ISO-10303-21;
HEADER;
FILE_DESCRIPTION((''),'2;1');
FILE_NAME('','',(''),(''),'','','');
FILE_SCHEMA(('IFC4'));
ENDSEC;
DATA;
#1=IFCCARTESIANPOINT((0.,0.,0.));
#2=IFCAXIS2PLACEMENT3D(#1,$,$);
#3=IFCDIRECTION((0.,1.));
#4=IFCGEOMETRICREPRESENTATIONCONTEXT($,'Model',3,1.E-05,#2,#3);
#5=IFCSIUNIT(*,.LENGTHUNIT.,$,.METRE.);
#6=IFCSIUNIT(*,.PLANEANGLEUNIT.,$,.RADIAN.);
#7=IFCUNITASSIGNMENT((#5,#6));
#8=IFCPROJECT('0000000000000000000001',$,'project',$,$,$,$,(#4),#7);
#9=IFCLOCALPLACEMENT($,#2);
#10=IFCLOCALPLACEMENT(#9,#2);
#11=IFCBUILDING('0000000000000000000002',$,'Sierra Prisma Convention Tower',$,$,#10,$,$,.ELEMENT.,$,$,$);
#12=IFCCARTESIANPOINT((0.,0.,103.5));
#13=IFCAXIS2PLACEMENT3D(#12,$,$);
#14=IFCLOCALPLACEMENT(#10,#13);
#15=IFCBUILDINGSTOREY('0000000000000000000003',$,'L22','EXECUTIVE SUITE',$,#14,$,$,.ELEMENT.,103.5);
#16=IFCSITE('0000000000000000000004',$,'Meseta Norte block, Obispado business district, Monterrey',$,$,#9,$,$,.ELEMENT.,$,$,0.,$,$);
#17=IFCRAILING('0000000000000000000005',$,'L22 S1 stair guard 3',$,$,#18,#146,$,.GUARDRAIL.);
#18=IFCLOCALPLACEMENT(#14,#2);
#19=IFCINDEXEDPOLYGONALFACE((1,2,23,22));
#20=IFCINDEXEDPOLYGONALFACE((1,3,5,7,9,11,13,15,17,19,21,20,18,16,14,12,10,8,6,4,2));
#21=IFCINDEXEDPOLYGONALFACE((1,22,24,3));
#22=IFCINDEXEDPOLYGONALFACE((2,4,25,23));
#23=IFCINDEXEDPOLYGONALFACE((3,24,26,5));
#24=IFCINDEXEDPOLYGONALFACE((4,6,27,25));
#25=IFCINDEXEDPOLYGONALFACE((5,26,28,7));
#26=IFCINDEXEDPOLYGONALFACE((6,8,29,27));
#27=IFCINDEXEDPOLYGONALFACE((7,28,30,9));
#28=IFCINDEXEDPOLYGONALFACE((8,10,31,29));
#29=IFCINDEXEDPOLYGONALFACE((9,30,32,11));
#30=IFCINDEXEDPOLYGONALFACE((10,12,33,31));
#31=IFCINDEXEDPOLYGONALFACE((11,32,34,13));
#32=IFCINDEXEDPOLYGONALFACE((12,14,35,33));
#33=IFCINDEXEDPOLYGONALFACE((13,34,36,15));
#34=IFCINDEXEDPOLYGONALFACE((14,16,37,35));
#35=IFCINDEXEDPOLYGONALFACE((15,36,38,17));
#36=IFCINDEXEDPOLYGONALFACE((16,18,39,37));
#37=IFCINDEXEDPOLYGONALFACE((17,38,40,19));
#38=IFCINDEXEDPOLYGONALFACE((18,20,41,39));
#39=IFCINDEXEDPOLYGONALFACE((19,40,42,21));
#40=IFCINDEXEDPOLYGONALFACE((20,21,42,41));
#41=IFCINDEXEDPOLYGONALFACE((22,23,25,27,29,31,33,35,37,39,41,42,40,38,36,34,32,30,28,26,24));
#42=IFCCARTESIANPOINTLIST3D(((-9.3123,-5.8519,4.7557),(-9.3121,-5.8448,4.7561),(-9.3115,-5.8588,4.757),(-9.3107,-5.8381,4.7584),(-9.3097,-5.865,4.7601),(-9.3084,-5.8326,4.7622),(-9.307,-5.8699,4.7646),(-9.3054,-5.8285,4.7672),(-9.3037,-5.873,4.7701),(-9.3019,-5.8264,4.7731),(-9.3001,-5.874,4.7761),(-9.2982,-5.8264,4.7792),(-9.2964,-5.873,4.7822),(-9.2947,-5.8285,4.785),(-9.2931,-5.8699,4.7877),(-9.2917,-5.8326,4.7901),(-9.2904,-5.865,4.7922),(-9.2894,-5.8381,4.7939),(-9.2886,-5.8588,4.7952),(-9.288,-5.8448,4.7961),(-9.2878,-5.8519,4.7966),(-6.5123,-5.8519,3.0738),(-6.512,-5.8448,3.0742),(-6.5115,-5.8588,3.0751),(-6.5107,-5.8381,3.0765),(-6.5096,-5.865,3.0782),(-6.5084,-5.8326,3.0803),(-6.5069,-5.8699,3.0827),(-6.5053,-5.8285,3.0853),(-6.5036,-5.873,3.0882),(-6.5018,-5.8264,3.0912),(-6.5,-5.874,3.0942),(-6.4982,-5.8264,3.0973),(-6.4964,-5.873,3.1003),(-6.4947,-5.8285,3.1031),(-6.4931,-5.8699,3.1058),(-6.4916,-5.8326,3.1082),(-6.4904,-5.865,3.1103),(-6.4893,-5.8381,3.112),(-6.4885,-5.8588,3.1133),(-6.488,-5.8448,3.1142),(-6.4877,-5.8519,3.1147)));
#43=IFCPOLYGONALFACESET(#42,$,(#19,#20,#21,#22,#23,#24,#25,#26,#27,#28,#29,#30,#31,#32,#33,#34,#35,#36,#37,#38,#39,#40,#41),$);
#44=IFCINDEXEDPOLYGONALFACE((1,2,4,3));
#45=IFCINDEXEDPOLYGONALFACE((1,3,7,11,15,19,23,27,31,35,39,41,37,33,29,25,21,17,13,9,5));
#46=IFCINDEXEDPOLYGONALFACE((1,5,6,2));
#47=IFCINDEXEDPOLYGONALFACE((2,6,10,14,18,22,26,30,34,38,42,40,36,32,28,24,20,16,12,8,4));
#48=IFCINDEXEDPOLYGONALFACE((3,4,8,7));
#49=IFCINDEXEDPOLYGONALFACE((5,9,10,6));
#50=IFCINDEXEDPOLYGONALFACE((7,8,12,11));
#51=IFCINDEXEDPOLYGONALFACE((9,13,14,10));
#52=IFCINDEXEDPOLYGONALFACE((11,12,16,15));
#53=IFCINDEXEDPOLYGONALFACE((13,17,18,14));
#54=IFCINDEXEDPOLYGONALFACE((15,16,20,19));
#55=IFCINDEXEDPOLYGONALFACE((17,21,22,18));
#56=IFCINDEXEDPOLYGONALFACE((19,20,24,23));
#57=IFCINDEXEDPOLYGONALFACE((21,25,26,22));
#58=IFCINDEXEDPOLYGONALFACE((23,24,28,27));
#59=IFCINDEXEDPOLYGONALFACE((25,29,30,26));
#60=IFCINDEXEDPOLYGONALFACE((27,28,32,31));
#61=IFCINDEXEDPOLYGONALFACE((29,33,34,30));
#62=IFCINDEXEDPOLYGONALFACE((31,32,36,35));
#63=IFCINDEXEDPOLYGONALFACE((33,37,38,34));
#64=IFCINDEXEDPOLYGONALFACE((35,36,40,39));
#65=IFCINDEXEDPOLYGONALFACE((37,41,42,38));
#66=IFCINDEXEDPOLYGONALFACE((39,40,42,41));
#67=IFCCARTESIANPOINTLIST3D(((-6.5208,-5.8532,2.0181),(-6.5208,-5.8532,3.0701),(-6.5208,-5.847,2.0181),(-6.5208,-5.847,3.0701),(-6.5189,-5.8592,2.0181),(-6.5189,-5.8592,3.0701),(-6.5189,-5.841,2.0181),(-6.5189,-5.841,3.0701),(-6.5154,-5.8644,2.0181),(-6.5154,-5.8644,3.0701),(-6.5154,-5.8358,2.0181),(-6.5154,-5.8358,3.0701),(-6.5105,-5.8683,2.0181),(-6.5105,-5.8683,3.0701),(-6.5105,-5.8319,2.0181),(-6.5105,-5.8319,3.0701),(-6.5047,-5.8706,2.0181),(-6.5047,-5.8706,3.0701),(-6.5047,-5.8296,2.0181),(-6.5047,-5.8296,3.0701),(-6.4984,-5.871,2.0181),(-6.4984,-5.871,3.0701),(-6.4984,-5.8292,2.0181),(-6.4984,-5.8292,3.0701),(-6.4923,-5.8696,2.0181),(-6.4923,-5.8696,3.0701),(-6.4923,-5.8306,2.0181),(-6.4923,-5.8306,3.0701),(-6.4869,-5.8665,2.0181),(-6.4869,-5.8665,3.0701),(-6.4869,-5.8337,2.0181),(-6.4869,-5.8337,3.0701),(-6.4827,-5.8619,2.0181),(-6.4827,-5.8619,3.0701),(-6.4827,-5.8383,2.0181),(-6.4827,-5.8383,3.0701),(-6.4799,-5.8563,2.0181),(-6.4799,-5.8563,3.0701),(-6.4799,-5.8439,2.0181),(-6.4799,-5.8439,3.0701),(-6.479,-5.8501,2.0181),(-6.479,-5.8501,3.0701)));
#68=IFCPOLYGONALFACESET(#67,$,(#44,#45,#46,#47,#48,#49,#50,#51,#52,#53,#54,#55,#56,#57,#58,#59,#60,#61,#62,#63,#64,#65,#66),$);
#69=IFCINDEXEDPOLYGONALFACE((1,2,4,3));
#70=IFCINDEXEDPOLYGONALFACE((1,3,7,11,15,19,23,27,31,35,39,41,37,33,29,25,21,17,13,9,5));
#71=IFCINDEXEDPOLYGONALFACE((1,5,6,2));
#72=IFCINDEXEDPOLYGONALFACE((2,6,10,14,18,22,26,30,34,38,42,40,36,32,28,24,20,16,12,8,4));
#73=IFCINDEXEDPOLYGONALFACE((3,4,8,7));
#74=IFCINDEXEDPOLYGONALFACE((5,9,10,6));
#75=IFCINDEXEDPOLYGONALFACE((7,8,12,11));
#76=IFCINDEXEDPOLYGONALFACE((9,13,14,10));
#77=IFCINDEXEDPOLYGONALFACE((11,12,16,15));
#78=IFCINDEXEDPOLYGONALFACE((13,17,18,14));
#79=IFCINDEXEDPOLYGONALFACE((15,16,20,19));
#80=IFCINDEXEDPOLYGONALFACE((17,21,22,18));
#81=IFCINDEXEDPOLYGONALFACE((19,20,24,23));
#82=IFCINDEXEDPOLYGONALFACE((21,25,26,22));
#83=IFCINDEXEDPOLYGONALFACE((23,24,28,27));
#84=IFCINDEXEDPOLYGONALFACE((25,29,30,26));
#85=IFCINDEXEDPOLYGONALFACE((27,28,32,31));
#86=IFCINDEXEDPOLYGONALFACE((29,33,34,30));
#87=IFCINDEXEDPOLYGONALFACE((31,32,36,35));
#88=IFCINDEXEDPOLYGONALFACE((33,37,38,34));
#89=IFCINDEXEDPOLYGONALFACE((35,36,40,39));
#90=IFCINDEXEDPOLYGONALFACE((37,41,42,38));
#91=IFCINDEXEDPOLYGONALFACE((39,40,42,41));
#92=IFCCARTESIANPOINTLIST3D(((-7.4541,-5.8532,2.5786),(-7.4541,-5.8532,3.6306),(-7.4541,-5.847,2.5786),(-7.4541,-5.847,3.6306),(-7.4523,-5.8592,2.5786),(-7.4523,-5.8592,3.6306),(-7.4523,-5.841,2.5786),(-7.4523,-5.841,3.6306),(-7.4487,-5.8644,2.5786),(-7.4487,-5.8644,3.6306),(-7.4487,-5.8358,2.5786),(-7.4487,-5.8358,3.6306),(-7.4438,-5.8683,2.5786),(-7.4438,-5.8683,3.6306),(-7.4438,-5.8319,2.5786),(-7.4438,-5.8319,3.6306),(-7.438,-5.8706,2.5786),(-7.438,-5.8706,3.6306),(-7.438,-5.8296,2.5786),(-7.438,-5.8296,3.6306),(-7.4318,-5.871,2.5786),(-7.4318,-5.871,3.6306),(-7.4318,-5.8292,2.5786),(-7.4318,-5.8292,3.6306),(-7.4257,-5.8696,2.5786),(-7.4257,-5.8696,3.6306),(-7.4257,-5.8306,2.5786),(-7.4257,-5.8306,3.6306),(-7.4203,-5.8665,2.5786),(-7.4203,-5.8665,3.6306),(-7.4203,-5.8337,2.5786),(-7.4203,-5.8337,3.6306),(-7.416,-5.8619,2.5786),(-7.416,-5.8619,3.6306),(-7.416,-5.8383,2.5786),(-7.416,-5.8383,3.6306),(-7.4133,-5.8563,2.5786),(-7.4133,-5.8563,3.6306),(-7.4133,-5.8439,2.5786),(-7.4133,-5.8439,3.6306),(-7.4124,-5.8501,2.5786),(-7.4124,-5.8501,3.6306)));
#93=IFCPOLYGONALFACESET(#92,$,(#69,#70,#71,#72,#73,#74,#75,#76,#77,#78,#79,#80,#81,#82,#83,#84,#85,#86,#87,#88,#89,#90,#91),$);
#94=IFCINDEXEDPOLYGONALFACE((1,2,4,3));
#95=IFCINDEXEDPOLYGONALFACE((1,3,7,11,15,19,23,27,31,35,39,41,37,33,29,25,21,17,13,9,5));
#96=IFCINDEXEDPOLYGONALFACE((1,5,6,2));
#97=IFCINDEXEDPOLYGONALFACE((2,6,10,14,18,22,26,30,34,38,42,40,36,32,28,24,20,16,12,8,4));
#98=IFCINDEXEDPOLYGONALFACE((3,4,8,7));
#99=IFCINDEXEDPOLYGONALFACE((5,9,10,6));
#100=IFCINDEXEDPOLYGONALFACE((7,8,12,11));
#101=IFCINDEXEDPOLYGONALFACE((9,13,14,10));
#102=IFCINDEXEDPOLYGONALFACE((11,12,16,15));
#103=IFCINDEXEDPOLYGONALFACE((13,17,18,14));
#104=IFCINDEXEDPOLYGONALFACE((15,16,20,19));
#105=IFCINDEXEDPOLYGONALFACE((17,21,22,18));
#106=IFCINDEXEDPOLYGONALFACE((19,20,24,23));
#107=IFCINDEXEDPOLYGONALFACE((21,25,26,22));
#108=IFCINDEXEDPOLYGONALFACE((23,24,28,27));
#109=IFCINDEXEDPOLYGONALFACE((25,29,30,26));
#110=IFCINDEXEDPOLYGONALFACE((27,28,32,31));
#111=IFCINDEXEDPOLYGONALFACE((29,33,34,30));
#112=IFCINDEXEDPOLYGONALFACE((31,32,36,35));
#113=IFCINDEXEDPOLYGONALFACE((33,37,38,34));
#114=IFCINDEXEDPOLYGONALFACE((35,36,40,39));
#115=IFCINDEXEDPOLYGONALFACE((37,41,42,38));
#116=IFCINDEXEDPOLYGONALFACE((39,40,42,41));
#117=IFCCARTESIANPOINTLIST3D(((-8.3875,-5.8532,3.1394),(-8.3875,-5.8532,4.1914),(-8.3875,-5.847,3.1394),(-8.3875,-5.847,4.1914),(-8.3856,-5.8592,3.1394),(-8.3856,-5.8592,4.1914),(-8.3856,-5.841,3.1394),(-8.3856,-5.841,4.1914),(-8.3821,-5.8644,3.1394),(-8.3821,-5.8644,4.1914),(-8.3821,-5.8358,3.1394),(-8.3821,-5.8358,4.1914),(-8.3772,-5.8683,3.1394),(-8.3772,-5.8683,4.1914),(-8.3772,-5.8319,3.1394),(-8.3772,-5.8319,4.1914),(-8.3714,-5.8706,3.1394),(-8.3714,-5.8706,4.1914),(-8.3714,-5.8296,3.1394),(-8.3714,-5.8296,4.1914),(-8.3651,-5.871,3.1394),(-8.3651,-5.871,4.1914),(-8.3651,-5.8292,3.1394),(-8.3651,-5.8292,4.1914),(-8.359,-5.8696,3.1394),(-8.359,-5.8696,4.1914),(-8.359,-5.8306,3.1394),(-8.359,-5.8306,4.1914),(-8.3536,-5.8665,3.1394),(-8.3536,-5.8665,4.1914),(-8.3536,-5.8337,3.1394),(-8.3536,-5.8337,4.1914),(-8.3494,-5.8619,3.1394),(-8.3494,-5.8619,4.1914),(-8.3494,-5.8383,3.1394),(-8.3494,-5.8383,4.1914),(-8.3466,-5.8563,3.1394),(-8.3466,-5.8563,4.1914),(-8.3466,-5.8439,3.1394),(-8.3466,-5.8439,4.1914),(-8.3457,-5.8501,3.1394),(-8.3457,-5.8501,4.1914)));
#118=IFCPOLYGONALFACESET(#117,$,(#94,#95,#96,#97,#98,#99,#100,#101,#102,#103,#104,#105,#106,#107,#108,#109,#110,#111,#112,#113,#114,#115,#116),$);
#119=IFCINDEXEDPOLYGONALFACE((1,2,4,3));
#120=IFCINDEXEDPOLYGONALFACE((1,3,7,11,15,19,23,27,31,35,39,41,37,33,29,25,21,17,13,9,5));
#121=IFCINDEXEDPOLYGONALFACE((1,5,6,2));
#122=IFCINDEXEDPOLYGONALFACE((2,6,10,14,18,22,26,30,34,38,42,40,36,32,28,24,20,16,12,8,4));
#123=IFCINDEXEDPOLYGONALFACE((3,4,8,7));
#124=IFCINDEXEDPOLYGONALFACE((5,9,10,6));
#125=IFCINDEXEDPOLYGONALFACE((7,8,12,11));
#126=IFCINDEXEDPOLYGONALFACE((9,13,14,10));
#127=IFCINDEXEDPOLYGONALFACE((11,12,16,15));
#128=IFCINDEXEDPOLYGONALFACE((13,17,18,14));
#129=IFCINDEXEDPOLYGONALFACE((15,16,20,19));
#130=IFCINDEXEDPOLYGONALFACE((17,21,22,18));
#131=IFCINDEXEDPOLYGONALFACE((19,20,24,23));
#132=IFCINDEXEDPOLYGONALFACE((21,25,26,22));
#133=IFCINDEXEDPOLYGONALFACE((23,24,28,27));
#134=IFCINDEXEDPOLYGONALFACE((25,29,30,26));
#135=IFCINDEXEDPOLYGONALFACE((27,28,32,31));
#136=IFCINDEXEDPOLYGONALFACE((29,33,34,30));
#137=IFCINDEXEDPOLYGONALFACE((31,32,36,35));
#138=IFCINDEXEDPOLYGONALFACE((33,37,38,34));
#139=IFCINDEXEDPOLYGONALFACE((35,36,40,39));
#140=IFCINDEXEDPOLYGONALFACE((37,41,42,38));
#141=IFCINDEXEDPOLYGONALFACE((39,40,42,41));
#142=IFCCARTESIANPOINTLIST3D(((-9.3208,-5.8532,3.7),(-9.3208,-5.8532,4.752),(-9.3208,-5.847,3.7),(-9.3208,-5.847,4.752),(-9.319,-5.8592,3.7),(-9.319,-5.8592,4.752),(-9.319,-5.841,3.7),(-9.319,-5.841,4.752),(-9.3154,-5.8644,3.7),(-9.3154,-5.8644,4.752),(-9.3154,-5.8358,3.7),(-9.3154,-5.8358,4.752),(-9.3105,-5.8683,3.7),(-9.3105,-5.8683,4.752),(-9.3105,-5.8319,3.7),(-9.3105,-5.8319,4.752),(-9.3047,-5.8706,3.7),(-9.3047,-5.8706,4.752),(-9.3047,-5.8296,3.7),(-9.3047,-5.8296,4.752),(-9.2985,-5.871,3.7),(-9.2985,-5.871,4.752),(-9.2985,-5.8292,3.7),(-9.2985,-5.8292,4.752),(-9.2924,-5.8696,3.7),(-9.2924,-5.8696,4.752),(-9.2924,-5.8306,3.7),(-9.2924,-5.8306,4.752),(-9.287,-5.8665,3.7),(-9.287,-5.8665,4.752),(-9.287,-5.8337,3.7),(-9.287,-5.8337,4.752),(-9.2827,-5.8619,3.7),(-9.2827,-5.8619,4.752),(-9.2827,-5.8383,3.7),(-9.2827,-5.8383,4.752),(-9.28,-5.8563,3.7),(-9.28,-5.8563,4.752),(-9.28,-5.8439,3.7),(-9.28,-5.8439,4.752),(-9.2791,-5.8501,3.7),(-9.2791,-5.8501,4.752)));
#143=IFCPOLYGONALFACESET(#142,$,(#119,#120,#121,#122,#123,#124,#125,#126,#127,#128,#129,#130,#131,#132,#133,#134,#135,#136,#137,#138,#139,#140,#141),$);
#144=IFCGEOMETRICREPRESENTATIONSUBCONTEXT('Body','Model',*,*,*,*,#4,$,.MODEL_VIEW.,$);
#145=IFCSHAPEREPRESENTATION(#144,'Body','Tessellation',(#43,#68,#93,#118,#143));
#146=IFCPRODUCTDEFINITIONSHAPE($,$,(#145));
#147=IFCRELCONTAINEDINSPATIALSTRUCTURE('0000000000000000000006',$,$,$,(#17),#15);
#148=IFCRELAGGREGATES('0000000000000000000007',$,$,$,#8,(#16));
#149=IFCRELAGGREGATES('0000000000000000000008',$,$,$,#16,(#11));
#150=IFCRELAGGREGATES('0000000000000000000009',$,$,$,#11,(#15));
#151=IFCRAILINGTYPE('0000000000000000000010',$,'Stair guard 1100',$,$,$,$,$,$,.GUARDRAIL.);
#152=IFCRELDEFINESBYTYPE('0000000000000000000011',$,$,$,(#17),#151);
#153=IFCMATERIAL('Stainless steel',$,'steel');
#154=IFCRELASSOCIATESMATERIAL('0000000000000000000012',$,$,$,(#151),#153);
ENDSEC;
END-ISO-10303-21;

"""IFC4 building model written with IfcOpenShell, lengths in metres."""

from ifc_helpers import new_model, si_unit, direction, frame, origin, origin_2d, place, context, subcontext, project, spatial, circle, extrude, material, type_object, element, save


model = new_model("IFC4")

# Units and contexts
model_context = context("Model", 3, precision=1e-05, world=origin(), true_north=direction((0.0, 1.0)))
body_context = subcontext(model_context, "Body", "Model", "MODEL_VIEW")
ifc_project = project(units=[si_unit("LENGTHUNIT", "METRE"), si_unit("PLANEANGLEUNIT", "RADIAN")], contexts=[model_context])

# Site, building, storey
site_placement = place(None, origin())
site = spatial("IfcSite", under=ifc_project, at=site_placement, Name="Meseta Norte block, Obispado business district, Monterrey", CompositionType="ELEMENT", RefElevation=0.0)
building_placement = place(site_placement, origin())
building = spatial("IfcBuilding", under=site, at=building_placement, Name="Sierra Prisma Convention Tower", CompositionType="ELEMENT")
storey_placement = place(building_placement, frame((0.0, 0.0, 103.5)))
storey = spatial("IfcBuildingStorey", under=building, at=storey_placement, Name="L22", Description="EXECUTIVE SUITE", CompositionType="ELEMENT", Elevation=103.5)

# Railing
ifc_material_1 = material(Name="Stainless steel", Category="steel")
railing_type_1 = type_object("IfcRailingType", Name="Stair guard 1100", PredefinedType="GUARDRAIL", material=ifc_material_1)
railing_1_placement = place(storey_placement, frame((-6.5, -5.8501, 2.0181)))
element("IfcRailing", 1, at=railing_1_placement, inside=storey, type_object=railing_type_1, Name="L22 S1 stair guard 3", PredefinedType="GUARDRAIL", context=body_context, shape_type="SweptSolid", body=[
    extrude(circle(Radius=0.0239, at=origin_2d()), frame((0.0, 0.0, 1.0762), z_axis=(-0.857242, 0.0, 0.514913), x_axis=(0.0, -1.0, 0.0)), (0.0, 0.0, 1.0), 3.2664),
    extrude(circle(Radius=0.021, at=origin_2d()), origin(), (0.0, 0.0, 1.0), 1.052),
    extrude(circle(Radius=0.021, at=origin_2d()), frame((-0.9333, 0.0, 0.5605)), (0.0, 0.0, 1.0), 1.052),
    extrude(circle(Radius=0.021, at=origin_2d()), frame((-1.8667, 0.0, 1.1213)), (0.0, 0.0, 1.0), 1.052),
    extrude(circle(Radius=0.021, at=origin_2d()), frame((-2.8, 0.0, 1.6819)), (0.0, 0.0, 1.0), 1.052),
])

save(model, "model.ifc")
